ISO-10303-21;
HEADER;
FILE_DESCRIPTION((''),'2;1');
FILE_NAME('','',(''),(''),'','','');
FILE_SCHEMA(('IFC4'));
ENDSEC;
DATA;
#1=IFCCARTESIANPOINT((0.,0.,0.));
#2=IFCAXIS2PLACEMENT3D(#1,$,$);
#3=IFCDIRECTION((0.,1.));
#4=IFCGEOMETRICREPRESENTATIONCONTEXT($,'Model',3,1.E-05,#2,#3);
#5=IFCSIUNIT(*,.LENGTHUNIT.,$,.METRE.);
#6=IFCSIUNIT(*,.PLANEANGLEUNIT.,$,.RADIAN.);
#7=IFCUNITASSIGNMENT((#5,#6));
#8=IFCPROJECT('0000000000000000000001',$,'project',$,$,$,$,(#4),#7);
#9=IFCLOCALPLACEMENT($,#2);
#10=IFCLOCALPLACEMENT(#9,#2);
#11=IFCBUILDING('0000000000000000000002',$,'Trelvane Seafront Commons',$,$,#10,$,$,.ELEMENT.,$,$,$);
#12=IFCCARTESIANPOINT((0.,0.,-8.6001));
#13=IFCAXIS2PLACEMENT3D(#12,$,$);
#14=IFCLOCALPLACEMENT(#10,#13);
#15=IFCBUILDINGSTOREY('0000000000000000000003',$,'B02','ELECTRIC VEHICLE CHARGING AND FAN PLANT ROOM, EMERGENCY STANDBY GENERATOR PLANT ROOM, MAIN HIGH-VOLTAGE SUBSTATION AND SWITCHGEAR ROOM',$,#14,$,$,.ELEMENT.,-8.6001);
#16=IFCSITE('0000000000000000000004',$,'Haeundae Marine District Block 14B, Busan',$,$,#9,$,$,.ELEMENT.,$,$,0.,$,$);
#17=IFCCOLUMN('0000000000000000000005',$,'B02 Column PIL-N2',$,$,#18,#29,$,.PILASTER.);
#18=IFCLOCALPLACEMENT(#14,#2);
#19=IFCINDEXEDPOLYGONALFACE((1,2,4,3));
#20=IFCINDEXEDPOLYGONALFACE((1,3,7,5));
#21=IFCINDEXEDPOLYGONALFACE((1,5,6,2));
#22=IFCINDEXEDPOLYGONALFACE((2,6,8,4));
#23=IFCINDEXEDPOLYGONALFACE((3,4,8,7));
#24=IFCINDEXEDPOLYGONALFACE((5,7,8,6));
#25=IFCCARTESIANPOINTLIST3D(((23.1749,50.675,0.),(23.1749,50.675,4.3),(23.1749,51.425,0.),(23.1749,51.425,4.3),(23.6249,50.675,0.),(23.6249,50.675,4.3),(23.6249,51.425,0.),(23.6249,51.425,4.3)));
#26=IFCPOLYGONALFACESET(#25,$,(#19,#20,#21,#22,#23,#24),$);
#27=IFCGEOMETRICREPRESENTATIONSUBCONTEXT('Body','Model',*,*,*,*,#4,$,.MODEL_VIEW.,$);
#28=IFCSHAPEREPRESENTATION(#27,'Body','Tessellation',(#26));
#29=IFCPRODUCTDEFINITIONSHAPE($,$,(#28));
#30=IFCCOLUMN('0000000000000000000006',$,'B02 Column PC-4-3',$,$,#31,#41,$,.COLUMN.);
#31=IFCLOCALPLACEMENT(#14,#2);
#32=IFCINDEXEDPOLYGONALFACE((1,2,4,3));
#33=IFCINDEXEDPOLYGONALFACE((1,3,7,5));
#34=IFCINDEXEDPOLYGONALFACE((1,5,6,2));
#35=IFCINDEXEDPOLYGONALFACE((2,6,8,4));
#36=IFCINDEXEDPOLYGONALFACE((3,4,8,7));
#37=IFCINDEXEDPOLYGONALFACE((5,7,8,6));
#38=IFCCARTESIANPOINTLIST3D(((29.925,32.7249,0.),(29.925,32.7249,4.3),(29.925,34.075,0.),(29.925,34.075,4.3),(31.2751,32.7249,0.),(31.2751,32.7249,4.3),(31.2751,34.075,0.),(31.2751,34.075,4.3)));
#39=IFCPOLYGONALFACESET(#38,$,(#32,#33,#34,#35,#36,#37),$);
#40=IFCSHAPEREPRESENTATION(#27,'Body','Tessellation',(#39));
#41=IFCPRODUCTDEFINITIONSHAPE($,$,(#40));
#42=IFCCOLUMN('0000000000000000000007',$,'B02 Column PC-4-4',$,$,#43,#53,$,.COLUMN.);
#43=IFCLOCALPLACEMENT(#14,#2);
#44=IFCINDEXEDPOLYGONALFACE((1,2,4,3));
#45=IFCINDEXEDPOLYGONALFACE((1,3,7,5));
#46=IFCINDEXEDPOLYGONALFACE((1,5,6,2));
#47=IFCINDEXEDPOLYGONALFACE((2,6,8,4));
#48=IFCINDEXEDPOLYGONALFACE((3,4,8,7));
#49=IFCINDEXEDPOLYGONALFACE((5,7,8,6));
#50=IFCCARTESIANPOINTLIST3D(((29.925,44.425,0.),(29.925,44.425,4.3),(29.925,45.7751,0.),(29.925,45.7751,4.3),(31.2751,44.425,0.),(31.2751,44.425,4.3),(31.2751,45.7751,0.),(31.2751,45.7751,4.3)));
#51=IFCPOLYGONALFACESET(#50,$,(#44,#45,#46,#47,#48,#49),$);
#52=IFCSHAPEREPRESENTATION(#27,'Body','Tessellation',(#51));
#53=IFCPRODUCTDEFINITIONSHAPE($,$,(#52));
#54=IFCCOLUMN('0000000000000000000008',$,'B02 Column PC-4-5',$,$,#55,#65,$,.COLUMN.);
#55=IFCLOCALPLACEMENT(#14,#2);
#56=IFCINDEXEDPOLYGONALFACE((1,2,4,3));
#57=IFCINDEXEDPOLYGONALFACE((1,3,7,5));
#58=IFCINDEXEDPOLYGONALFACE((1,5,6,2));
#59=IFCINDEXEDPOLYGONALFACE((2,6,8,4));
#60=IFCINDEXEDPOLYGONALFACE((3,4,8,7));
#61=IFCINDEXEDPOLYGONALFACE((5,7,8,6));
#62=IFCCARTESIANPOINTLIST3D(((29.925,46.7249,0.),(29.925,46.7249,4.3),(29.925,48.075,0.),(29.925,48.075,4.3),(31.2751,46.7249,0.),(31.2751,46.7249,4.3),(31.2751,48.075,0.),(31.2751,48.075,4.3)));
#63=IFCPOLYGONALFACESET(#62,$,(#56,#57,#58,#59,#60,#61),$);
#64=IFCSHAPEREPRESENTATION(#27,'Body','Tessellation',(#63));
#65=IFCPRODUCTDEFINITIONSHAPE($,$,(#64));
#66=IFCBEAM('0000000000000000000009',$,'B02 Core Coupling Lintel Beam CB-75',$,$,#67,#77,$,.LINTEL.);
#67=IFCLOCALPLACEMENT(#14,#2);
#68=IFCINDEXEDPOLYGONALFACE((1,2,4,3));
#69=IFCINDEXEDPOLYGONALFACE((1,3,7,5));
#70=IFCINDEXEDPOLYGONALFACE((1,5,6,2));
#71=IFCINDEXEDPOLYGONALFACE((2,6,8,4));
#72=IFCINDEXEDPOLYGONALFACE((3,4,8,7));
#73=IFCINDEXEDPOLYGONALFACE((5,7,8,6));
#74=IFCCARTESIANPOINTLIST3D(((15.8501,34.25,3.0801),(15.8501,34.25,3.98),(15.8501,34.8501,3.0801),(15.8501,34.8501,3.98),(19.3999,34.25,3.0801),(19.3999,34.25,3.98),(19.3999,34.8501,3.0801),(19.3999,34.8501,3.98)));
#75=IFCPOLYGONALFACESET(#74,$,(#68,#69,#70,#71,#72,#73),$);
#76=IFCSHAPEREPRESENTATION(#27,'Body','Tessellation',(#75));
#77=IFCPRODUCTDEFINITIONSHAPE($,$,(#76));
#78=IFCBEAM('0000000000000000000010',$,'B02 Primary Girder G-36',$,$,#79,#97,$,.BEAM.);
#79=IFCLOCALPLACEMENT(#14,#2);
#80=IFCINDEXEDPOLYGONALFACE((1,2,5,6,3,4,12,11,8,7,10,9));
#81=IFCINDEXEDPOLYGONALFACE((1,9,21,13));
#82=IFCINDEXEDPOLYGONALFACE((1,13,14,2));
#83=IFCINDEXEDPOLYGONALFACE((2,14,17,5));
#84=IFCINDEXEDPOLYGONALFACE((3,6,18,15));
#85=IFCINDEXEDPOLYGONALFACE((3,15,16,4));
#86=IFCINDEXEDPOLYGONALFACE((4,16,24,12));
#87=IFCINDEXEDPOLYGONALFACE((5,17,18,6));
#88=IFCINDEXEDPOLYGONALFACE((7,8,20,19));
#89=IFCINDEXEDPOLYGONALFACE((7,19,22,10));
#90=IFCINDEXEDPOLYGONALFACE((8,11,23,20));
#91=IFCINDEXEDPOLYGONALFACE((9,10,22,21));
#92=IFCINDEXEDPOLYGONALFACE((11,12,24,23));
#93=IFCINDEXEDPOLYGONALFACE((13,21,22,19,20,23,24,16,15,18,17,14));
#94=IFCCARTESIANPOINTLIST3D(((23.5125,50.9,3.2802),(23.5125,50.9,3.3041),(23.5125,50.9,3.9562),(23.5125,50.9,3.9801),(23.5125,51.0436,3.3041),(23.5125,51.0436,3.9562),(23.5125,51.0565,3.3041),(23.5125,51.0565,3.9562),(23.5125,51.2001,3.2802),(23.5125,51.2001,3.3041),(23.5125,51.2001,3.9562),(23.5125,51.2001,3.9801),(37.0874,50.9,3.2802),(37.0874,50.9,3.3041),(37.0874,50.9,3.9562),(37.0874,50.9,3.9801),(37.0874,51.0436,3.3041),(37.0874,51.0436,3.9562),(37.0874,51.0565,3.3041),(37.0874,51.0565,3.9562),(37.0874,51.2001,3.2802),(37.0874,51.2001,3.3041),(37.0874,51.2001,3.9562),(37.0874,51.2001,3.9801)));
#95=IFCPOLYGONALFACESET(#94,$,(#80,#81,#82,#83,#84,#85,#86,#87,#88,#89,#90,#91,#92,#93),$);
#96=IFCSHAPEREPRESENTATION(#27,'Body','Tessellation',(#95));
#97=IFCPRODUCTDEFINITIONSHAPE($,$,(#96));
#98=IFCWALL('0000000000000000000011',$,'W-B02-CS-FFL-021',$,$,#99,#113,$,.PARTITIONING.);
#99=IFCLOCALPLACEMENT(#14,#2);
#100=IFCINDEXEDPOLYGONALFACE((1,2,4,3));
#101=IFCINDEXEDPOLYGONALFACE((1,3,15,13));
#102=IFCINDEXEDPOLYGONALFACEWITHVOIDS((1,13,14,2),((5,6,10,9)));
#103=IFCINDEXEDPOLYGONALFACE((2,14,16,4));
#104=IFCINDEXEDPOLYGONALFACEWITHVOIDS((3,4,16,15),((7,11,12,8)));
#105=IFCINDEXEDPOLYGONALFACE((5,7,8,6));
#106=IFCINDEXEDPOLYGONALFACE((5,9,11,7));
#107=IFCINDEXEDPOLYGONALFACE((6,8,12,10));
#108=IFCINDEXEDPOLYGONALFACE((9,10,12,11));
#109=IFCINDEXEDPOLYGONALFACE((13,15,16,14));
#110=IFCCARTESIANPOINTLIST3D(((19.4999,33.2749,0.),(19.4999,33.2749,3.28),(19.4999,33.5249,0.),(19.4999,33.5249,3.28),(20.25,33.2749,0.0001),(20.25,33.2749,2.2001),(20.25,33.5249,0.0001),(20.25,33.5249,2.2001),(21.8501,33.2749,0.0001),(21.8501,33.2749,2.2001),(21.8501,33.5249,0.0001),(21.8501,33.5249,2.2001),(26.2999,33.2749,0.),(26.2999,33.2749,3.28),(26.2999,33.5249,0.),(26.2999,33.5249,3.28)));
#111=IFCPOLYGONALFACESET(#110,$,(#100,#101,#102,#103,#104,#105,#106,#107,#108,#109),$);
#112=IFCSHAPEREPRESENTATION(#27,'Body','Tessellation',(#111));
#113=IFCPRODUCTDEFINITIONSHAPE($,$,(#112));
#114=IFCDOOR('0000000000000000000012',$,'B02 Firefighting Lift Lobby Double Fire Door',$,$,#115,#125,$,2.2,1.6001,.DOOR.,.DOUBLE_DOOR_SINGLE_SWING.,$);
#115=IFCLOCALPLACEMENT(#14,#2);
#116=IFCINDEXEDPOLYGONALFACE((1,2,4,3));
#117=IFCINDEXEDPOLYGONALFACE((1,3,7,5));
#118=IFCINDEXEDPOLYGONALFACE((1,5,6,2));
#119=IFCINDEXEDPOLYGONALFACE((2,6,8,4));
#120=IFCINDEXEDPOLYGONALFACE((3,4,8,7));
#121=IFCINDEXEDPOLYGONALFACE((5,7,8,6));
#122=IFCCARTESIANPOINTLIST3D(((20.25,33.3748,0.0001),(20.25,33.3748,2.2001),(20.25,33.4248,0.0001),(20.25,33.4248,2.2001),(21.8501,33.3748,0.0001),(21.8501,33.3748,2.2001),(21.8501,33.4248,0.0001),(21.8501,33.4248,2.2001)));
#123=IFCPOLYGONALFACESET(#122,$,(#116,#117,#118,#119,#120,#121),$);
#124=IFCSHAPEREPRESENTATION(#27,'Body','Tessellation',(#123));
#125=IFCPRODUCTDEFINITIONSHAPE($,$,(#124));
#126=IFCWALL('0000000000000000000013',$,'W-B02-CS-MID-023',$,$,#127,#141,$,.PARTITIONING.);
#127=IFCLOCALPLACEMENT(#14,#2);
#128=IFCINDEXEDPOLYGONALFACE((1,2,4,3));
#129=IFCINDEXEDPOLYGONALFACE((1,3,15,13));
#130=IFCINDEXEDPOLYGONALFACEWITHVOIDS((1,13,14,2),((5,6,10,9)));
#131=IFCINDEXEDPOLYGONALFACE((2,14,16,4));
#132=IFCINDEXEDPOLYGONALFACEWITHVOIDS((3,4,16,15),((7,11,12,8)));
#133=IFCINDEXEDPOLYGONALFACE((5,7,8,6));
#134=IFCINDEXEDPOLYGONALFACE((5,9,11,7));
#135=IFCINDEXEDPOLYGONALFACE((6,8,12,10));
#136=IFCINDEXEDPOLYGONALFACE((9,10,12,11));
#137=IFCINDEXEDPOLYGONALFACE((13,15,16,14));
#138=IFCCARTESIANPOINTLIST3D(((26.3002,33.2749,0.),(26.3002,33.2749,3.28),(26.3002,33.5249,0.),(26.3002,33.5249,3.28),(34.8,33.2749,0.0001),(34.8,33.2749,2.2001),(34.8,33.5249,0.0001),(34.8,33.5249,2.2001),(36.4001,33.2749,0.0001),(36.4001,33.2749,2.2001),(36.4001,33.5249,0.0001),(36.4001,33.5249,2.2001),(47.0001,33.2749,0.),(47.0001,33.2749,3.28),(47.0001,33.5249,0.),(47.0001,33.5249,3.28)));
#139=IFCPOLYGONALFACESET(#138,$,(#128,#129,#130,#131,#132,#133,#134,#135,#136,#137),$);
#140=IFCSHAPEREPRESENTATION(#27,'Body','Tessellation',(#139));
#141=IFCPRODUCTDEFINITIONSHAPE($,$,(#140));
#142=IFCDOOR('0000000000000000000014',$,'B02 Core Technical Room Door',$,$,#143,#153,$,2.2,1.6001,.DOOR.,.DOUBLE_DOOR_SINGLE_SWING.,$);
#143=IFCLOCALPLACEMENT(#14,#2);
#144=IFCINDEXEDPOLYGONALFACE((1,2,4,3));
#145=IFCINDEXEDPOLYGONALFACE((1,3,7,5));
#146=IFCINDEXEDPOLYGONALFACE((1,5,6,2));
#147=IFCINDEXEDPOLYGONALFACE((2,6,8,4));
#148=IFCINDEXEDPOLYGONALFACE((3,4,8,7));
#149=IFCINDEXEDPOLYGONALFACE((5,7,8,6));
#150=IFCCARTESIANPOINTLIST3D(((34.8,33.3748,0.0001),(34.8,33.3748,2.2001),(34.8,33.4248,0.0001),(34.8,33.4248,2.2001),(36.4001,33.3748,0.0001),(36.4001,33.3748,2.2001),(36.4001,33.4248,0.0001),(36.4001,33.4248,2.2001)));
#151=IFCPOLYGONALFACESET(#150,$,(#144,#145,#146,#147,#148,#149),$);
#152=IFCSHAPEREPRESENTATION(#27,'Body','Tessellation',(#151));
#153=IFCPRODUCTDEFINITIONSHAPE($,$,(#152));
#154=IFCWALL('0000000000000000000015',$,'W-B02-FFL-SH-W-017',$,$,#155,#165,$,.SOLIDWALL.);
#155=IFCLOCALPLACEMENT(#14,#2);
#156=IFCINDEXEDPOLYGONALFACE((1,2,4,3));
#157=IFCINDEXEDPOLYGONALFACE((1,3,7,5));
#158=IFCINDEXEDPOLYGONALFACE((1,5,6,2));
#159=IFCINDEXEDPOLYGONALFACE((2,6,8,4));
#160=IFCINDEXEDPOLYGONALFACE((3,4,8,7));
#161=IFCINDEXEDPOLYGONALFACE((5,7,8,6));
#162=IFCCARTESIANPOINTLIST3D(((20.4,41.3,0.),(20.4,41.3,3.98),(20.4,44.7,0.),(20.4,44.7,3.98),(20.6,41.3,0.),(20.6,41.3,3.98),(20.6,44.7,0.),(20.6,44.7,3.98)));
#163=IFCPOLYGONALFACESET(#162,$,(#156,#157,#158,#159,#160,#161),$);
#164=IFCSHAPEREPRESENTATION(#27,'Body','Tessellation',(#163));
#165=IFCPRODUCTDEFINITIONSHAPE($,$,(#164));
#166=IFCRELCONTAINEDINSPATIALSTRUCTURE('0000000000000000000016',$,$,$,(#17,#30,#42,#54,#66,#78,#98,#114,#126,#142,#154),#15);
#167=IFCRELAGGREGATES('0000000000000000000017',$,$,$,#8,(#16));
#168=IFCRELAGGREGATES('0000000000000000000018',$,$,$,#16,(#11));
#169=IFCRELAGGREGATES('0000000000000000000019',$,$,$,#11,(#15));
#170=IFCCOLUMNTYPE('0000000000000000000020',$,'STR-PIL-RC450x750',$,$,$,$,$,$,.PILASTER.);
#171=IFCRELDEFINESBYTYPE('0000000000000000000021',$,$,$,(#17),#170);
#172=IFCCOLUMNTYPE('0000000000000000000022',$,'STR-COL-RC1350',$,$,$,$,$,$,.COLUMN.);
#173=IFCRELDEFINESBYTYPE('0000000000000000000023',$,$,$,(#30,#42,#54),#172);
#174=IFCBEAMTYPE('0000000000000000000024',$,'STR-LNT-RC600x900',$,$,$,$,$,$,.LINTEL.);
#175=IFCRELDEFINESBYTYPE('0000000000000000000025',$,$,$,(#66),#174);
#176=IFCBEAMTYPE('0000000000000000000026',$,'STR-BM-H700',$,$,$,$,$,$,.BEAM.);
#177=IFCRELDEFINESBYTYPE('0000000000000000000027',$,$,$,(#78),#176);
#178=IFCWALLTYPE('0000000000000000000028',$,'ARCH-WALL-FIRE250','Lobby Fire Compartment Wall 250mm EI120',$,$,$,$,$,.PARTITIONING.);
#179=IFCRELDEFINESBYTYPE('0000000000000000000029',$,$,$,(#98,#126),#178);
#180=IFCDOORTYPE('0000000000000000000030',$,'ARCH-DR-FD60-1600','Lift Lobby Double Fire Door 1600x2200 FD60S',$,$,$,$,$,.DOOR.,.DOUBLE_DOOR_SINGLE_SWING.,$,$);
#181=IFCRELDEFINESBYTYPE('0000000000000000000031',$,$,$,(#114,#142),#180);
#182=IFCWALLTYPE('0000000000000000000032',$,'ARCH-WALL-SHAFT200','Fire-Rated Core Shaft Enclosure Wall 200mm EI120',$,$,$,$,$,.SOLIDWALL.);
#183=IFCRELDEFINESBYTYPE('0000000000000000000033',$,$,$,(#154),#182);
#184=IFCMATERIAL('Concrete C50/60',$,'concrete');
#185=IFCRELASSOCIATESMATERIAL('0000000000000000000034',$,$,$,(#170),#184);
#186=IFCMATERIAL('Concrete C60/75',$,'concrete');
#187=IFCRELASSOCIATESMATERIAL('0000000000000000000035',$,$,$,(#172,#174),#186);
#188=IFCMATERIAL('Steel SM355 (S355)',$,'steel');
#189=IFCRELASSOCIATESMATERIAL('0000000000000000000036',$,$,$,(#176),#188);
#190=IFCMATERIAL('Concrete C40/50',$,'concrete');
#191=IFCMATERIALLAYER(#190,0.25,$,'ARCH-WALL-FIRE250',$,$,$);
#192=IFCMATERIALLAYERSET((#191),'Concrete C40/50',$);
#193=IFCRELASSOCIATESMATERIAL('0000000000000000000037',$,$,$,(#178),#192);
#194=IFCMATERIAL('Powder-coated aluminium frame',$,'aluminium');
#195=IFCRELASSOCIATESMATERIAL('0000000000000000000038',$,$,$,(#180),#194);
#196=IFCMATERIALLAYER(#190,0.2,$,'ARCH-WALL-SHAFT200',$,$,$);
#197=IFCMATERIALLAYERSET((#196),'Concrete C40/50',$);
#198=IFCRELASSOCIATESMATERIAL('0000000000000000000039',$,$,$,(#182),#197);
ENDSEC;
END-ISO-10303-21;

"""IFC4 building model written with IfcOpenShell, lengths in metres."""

from ifc_helpers import new_model, si_unit, direction, frame, frame_2d, origin, origin_2d, place, context, subcontext, project, spatial, rectangle, i_section, extrude, source, transform, mapped, material, layer, layer_set, material_profile, profile_set, type_object, element, fill, save


model = new_model("IFC4")

# Units and contexts
model_context = context("Model", 3, precision=1e-05, world=origin(), true_north=direction((0.0, 1.0)))
body_context = subcontext(model_context, "Body", "Model", "MODEL_VIEW")
ifc_project = project(units=[si_unit("LENGTHUNIT", "METRE"), si_unit("PLANEANGLEUNIT", "RADIAN")], contexts=[model_context])

# Site, building, storey
site_placement = place(None, origin())
site = spatial("IfcSite", under=ifc_project, at=site_placement, Name="Haeundae Marine District Block 14B, Busan", CompositionType="ELEMENT", RefElevation=0.0)
building_placement = place(site_placement, origin())
building = spatial("IfcBuilding", under=site, at=building_placement, Name="Trelvane Seafront Commons", CompositionType="ELEMENT")
storey_placement = place(building_placement, frame((0.0, 0.0, -8.6001)))
storey = spatial("IfcBuildingStorey", under=building, at=storey_placement, Name="B02", Description="ELECTRIC VEHICLE CHARGING AND FAN PLANT ROOM, EMERGENCY STANDBY GENERATOR PLANT ROOM, MAIN HIGH-VOLTAGE SUBSTATION AND SWITCHGEAR ROOM", CompositionType="ELEMENT", Elevation=-8.6001)

# Columns
ifc_material_1 = material(Name="Concrete C50/60", Category="concrete")
ifc_material_profile_1 = material_profile(ifc_material_1, rectangle(XDim=0.45, YDim=0.75, at=origin_2d()), Name="RC-450x750")
ifc_profile_set_1 = profile_set([ifc_material_profile_1], Name="Concrete C50/60")
column_type_1 = type_object("IfcColumnType", Name="STR-PIL-RC450x750", PredefinedType="PILASTER", material=ifc_profile_set_1)
shared_shape_1 = source(origin(), body_context, "Body", "SweptSolid", [
    extrude(rectangle(XDim=0.45, YDim=0.75, at=origin_2d()), origin(), (0.0, 0.0, 1.0), 4.3),
])
column_placement = place(storey_placement, frame((23.3999, 51.05, 0.0), z_axis=(0.0, 0.0, 1.0), x_axis=(1.0, 0.0, 0.0)))
element("IfcColumn", 1, at=column_placement, inside=storey, type_object=column_type_1, Name="B02 Column PIL-N2", PredefinedType="PILASTER", context=body_context, shape_type="MappedRepresentation", body=[
    mapped(shared_shape_1, transform((0.0, 0.0, 0.0), x_axis=(1.0, 0.0, 0.0), y_axis=(0.0, 1.0, 0.0), z_axis=(0.0, 0.0, 1.0), scale=1.0)),
])
ifc_material_2 = material(Name="Concrete C60/75", Category="concrete")
ifc_material_profile_2 = material_profile(ifc_material_2, rectangle(XDim=1.3501, YDim=1.3501, at=origin_2d()), Name="RC-1350x1350")
ifc_profile_set_2 = profile_set([ifc_material_profile_2], Name="Concrete C60/75")
column_type_2 = type_object("IfcColumnType", Name="STR-COL-RC1350", PredefinedType="COLUMN", material=ifc_profile_set_2)
shared_shape_2 = source(origin(), body_context, "Body", "SweptSolid", [
    extrude(rectangle(XDim=1.3501, YDim=1.3501, at=origin_2d()), origin(), (0.0, 0.0, 1.0), 4.3),
])
for number, where, z_axis, x_axis, name in (
    (2, (30.6001, 33.3999, 0.0), (0.0, 0.0, 1.0), (1.0, 0.0, 0.0), "B02 Column PC-4-3"),
    (3, (30.6001, 45.1001, 0.0), (0.0, 0.0, 1.0), (1.0, 0.0, 0.0), "B02 Column PC-4-4"),
    (4, (30.6001, 47.3999, 0.0), (0.0, 0.0, 1.0), (1.0, 0.0, 0.0), "B02 Column PC-4-5"),
):
    element("IfcColumn", number, at=place(storey_placement, frame(where, z_axis=z_axis, x_axis=x_axis)), inside=storey, type_object=column_type_2, Name=name, PredefinedType="COLUMN", context=body_context, shape_type="MappedRepresentation", body=[
        mapped(shared_shape_2, transform((0.0, 0.0, 0.0), x_axis=(1.0, 0.0, 0.0), y_axis=(0.0, 1.0, 0.0), z_axis=(0.0, 0.0, 1.0), scale=1.0)),
    ])

# Beams
ifc_material_profile_3 = material_profile(ifc_material_2, rectangle(XDim=0.6001, YDim=0.8999, at=origin_2d()), Name="RC-600x900")
ifc_profile_set_3 = profile_set([ifc_material_profile_3], Name="Concrete C60/75")
beam_type_1 = type_object("IfcBeamType", Name="STR-LNT-RC600x900", PredefinedType="LINTEL", material=ifc_profile_set_3)
shared_shape_3 = source(origin(), body_context, "Body", "SweptSolid", [
    extrude(rectangle(XDim=0.6001, YDim=0.8999, at=origin_2d()), origin(), (0.0, 0.0, 1.0), 3.5498),
])
beam_1_placement = place(storey_placement, frame((15.8501, 34.55, 3.53), z_axis=(1.0, 0.0, 0.0), x_axis=(0.0, 1.0, 0.0)))
element("IfcBeam", 5, at=beam_1_placement, inside=storey, type_object=beam_type_1, Name="B02 Core Coupling Lintel Beam CB-75", PredefinedType="LINTEL", context=body_context, shape_type="MappedRepresentation", body=[
    mapped(shared_shape_3, transform((0.0, 0.0, 0.0), x_axis=(1.0, 0.0, 0.0), y_axis=(0.0, 1.0, 0.0), z_axis=(0.0, 0.0, 1.0), scale=1.0)),
])
ifc_material_3 = material(Name="Steel SM355 (S355)", Category="steel")
ifc_material_profile_4 = material_profile(ifc_material_3, i_section(OverallWidth=0.3, OverallDepth=0.7, WebThickness=0.0129, FlangeThickness=0.0239, at=origin_2d()), Name="H-700x300x13x24")
ifc_profile_set_4 = profile_set([ifc_material_profile_4], Name="Steel SM355 (S355)")
beam_type_2 = type_object("IfcBeamType", Name="STR-BM-H700", PredefinedType="BEAM", material=ifc_profile_set_4)
shared_shape_4 = source(origin(), body_context, "Body", "SweptSolid", [
    extrude(i_section(OverallWidth=0.3, OverallDepth=0.7, WebThickness=0.0129, FlangeThickness=0.0239, at=origin_2d()), origin(), (0.0, 0.0, 1.0), 13.575),
])
beam_2_placement = place(storey_placement, frame((23.5125, 51.05, 3.6301), z_axis=(1.0, 0.0, 0.0), x_axis=(0.0, 1.0, 0.0)))
element("IfcBeam", 6, at=beam_2_placement, inside=storey, type_object=beam_type_2, Name="B02 Primary Girder G-36", PredefinedType="BEAM", context=body_context, shape_type="MappedRepresentation", body=[
    mapped(shared_shape_4, transform((0.0, 0.0, 0.0), x_axis=(1.0, 0.0, 0.0), y_axis=(0.0, 1.0, 0.0), z_axis=(0.0, 0.0, 1.0), scale=1.0)),
])

# Walls, openings, doors
ifc_material_4 = material(Name="Concrete C40/50", Category="concrete")
ifc_layer_1 = layer(ifc_material_4, 0.25, Name="ARCH-WALL-FIRE250")
ifc_layer_set_1 = layer_set([ifc_layer_1], Name="Concrete C40/50")
wall_type_1 = type_object("IfcWallType", Name="ARCH-WALL-FIRE250", Description="Lobby Fire Compartment Wall 250mm EI120", PredefinedType="PARTITIONING", material=ifc_layer_set_1)
wall_1_placement = place(storey_placement, frame((19.5, 33.3999, 0.0), z_axis=(0.0, 0.0, 1.0), x_axis=(1.0, 0.0, 0.0)))
wall_1 = element("IfcWall", 7, at=wall_1_placement, inside=storey, type_object=wall_type_1, Name="W-B02-CS-FFL-021", PredefinedType="PARTITIONING", context=body_context, shape_type="SweptSolid", body=[
    extrude(rectangle(XDim=6.8, YDim=0.25, at=frame_2d((3.3999, 0.0))), origin(), (0.0, 0.0, 1.0), 3.28),
])
opening_1_placement = place(wall_1_placement, frame((0.75, 0.0, 0.0)))
opening_1 = element("IfcOpeningElement", 8, at=opening_1_placement, cuts=wall_1, PredefinedType="OPENING", context=body_context, shape_type="SweptSolid", body=[
    extrude(rectangle(XDim=1.6001, YDim=2.2, at=frame_2d((0.8, 1.1001))), frame((0.0, 0.135, 0.0), z_axis=(0.0, -1.0, 0.0), x_axis=(1.0, 0.0, 0.0)), (0.0, 0.0, 1.0), 0.27),
])
ifc_material_5 = material(Name="Powder-coated aluminium frame", Category="aluminium")
door_type_1 = type_object("IfcDoorType", Name="ARCH-DR-FD60-1600", Description="Lift Lobby Double Fire Door 1600x2200 FD60S", OperationType="DOUBLE_DOOR_SINGLE_SWING", PredefinedType="DOOR", material=ifc_material_5)
shared_shape_5 = source(origin(), body_context, "Body", "SweptSolid", [
    extrude(rectangle(XDim=1.6001, YDim=2.2, at=frame_2d((0.8, 1.1001))), frame((0.0, 0.0249, 0.0), z_axis=(0.0, -1.0, 0.0), x_axis=(1.0, 0.0, 0.0)), (0.0, 0.0, 1.0), 0.05),
])
door_1_placement = place(opening_1_placement, origin())
door_1 = element("IfcDoor", 9, at=door_1_placement, inside=storey, type_object=door_type_1, Name="B02 Firefighting Lift Lobby Double Fire Door", OperationType="DOUBLE_DOOR_SINGLE_SWING", OverallHeight=2.2, OverallWidth=1.6001, PredefinedType="DOOR", context=body_context, shape_type="MappedRepresentation", body=[
    mapped(shared_shape_5, transform((0.0, 0.0, 0.0), x_axis=(1.0, 0.0, 0.0), y_axis=(0.0, 1.0, 0.0), z_axis=(0.0, 0.0, 1.0), scale=1.0)),
])
fill(opening_1, door_1)
wall_2_placement = place(storey_placement, frame((26.3, 33.3999, 0.0), z_axis=(0.0, 0.0, 1.0), x_axis=(1.0, 0.0, 0.0)))
wall_2 = element("IfcWall", 10, at=wall_2_placement, inside=storey, type_object=wall_type_1, Name="W-B02-CS-MID-023", PredefinedType="PARTITIONING", context=body_context, shape_type="SweptSolid", body=[
    extrude(rectangle(XDim=20.7, YDim=0.25, at=frame_2d((10.3501, 0.0))), origin(), (0.0, 0.0, 1.0), 3.28),
])
opening_2_placement = place(wall_2_placement, frame((8.5, 0.0, 0.0)))
opening_2 = element("IfcOpeningElement", 11, at=opening_2_placement, cuts=wall_2, PredefinedType="OPENING", context=body_context, shape_type="SweptSolid", body=[
    extrude(rectangle(XDim=1.6001, YDim=2.2, at=frame_2d((0.8, 1.1001))), frame((0.0, 0.135, 0.0), z_axis=(0.0, -1.0, 0.0), x_axis=(1.0, 0.0, 0.0)), (0.0, 0.0, 1.0), 0.27),
])
door_2_placement = place(opening_2_placement, origin())
door_2 = element("IfcDoor", 12, at=door_2_placement, inside=storey, type_object=door_type_1, Name="B02 Core Technical Room Door", OperationType="DOUBLE_DOOR_SINGLE_SWING", OverallHeight=2.2, OverallWidth=1.6001, PredefinedType="DOOR", context=body_context, shape_type="MappedRepresentation", body=[
    mapped(shared_shape_5, transform((0.0, 0.0, 0.0), x_axis=(1.0, 0.0, 0.0), y_axis=(0.0, 1.0, 0.0), z_axis=(0.0, 0.0, 1.0), scale=1.0)),
])
fill(opening_2, door_2)

# Shared definitions
ifc_layer_2 = layer(ifc_material_4, 0.2, Name="ARCH-WALL-SHAFT200")
ifc_layer_set_2 = layer_set([ifc_layer_2], Name="Concrete C40/50")
wall_type_2 = type_object("IfcWallType", Name="ARCH-WALL-SHAFT200", Description="Fire-Rated Core Shaft Enclosure Wall 200mm EI120", PredefinedType="SOLIDWALL", material=ifc_layer_set_2)

# Wall
for number, where, z_axis, x_axis, name in (
    (13, (20.5, 41.3, 0.0), (0.0, 0.0, 1.0), (0.0, 1.0, 0.0), "W-B02-FFL-SH-W-017"),
):
    element("IfcWall", number, at=place(storey_placement, frame(where, z_axis=z_axis, x_axis=x_axis)), inside=storey, type_object=wall_type_2, Name=name, PredefinedType="SOLIDWALL", context=body_context, shape_type="SweptSolid", body=[
        extrude(rectangle(XDim=3.3999, YDim=0.2, at=frame_2d((1.7, 0.0))), origin(), (0.0, 0.0, 1.0), 3.98),
    ])

save(model, "model.ifc")
